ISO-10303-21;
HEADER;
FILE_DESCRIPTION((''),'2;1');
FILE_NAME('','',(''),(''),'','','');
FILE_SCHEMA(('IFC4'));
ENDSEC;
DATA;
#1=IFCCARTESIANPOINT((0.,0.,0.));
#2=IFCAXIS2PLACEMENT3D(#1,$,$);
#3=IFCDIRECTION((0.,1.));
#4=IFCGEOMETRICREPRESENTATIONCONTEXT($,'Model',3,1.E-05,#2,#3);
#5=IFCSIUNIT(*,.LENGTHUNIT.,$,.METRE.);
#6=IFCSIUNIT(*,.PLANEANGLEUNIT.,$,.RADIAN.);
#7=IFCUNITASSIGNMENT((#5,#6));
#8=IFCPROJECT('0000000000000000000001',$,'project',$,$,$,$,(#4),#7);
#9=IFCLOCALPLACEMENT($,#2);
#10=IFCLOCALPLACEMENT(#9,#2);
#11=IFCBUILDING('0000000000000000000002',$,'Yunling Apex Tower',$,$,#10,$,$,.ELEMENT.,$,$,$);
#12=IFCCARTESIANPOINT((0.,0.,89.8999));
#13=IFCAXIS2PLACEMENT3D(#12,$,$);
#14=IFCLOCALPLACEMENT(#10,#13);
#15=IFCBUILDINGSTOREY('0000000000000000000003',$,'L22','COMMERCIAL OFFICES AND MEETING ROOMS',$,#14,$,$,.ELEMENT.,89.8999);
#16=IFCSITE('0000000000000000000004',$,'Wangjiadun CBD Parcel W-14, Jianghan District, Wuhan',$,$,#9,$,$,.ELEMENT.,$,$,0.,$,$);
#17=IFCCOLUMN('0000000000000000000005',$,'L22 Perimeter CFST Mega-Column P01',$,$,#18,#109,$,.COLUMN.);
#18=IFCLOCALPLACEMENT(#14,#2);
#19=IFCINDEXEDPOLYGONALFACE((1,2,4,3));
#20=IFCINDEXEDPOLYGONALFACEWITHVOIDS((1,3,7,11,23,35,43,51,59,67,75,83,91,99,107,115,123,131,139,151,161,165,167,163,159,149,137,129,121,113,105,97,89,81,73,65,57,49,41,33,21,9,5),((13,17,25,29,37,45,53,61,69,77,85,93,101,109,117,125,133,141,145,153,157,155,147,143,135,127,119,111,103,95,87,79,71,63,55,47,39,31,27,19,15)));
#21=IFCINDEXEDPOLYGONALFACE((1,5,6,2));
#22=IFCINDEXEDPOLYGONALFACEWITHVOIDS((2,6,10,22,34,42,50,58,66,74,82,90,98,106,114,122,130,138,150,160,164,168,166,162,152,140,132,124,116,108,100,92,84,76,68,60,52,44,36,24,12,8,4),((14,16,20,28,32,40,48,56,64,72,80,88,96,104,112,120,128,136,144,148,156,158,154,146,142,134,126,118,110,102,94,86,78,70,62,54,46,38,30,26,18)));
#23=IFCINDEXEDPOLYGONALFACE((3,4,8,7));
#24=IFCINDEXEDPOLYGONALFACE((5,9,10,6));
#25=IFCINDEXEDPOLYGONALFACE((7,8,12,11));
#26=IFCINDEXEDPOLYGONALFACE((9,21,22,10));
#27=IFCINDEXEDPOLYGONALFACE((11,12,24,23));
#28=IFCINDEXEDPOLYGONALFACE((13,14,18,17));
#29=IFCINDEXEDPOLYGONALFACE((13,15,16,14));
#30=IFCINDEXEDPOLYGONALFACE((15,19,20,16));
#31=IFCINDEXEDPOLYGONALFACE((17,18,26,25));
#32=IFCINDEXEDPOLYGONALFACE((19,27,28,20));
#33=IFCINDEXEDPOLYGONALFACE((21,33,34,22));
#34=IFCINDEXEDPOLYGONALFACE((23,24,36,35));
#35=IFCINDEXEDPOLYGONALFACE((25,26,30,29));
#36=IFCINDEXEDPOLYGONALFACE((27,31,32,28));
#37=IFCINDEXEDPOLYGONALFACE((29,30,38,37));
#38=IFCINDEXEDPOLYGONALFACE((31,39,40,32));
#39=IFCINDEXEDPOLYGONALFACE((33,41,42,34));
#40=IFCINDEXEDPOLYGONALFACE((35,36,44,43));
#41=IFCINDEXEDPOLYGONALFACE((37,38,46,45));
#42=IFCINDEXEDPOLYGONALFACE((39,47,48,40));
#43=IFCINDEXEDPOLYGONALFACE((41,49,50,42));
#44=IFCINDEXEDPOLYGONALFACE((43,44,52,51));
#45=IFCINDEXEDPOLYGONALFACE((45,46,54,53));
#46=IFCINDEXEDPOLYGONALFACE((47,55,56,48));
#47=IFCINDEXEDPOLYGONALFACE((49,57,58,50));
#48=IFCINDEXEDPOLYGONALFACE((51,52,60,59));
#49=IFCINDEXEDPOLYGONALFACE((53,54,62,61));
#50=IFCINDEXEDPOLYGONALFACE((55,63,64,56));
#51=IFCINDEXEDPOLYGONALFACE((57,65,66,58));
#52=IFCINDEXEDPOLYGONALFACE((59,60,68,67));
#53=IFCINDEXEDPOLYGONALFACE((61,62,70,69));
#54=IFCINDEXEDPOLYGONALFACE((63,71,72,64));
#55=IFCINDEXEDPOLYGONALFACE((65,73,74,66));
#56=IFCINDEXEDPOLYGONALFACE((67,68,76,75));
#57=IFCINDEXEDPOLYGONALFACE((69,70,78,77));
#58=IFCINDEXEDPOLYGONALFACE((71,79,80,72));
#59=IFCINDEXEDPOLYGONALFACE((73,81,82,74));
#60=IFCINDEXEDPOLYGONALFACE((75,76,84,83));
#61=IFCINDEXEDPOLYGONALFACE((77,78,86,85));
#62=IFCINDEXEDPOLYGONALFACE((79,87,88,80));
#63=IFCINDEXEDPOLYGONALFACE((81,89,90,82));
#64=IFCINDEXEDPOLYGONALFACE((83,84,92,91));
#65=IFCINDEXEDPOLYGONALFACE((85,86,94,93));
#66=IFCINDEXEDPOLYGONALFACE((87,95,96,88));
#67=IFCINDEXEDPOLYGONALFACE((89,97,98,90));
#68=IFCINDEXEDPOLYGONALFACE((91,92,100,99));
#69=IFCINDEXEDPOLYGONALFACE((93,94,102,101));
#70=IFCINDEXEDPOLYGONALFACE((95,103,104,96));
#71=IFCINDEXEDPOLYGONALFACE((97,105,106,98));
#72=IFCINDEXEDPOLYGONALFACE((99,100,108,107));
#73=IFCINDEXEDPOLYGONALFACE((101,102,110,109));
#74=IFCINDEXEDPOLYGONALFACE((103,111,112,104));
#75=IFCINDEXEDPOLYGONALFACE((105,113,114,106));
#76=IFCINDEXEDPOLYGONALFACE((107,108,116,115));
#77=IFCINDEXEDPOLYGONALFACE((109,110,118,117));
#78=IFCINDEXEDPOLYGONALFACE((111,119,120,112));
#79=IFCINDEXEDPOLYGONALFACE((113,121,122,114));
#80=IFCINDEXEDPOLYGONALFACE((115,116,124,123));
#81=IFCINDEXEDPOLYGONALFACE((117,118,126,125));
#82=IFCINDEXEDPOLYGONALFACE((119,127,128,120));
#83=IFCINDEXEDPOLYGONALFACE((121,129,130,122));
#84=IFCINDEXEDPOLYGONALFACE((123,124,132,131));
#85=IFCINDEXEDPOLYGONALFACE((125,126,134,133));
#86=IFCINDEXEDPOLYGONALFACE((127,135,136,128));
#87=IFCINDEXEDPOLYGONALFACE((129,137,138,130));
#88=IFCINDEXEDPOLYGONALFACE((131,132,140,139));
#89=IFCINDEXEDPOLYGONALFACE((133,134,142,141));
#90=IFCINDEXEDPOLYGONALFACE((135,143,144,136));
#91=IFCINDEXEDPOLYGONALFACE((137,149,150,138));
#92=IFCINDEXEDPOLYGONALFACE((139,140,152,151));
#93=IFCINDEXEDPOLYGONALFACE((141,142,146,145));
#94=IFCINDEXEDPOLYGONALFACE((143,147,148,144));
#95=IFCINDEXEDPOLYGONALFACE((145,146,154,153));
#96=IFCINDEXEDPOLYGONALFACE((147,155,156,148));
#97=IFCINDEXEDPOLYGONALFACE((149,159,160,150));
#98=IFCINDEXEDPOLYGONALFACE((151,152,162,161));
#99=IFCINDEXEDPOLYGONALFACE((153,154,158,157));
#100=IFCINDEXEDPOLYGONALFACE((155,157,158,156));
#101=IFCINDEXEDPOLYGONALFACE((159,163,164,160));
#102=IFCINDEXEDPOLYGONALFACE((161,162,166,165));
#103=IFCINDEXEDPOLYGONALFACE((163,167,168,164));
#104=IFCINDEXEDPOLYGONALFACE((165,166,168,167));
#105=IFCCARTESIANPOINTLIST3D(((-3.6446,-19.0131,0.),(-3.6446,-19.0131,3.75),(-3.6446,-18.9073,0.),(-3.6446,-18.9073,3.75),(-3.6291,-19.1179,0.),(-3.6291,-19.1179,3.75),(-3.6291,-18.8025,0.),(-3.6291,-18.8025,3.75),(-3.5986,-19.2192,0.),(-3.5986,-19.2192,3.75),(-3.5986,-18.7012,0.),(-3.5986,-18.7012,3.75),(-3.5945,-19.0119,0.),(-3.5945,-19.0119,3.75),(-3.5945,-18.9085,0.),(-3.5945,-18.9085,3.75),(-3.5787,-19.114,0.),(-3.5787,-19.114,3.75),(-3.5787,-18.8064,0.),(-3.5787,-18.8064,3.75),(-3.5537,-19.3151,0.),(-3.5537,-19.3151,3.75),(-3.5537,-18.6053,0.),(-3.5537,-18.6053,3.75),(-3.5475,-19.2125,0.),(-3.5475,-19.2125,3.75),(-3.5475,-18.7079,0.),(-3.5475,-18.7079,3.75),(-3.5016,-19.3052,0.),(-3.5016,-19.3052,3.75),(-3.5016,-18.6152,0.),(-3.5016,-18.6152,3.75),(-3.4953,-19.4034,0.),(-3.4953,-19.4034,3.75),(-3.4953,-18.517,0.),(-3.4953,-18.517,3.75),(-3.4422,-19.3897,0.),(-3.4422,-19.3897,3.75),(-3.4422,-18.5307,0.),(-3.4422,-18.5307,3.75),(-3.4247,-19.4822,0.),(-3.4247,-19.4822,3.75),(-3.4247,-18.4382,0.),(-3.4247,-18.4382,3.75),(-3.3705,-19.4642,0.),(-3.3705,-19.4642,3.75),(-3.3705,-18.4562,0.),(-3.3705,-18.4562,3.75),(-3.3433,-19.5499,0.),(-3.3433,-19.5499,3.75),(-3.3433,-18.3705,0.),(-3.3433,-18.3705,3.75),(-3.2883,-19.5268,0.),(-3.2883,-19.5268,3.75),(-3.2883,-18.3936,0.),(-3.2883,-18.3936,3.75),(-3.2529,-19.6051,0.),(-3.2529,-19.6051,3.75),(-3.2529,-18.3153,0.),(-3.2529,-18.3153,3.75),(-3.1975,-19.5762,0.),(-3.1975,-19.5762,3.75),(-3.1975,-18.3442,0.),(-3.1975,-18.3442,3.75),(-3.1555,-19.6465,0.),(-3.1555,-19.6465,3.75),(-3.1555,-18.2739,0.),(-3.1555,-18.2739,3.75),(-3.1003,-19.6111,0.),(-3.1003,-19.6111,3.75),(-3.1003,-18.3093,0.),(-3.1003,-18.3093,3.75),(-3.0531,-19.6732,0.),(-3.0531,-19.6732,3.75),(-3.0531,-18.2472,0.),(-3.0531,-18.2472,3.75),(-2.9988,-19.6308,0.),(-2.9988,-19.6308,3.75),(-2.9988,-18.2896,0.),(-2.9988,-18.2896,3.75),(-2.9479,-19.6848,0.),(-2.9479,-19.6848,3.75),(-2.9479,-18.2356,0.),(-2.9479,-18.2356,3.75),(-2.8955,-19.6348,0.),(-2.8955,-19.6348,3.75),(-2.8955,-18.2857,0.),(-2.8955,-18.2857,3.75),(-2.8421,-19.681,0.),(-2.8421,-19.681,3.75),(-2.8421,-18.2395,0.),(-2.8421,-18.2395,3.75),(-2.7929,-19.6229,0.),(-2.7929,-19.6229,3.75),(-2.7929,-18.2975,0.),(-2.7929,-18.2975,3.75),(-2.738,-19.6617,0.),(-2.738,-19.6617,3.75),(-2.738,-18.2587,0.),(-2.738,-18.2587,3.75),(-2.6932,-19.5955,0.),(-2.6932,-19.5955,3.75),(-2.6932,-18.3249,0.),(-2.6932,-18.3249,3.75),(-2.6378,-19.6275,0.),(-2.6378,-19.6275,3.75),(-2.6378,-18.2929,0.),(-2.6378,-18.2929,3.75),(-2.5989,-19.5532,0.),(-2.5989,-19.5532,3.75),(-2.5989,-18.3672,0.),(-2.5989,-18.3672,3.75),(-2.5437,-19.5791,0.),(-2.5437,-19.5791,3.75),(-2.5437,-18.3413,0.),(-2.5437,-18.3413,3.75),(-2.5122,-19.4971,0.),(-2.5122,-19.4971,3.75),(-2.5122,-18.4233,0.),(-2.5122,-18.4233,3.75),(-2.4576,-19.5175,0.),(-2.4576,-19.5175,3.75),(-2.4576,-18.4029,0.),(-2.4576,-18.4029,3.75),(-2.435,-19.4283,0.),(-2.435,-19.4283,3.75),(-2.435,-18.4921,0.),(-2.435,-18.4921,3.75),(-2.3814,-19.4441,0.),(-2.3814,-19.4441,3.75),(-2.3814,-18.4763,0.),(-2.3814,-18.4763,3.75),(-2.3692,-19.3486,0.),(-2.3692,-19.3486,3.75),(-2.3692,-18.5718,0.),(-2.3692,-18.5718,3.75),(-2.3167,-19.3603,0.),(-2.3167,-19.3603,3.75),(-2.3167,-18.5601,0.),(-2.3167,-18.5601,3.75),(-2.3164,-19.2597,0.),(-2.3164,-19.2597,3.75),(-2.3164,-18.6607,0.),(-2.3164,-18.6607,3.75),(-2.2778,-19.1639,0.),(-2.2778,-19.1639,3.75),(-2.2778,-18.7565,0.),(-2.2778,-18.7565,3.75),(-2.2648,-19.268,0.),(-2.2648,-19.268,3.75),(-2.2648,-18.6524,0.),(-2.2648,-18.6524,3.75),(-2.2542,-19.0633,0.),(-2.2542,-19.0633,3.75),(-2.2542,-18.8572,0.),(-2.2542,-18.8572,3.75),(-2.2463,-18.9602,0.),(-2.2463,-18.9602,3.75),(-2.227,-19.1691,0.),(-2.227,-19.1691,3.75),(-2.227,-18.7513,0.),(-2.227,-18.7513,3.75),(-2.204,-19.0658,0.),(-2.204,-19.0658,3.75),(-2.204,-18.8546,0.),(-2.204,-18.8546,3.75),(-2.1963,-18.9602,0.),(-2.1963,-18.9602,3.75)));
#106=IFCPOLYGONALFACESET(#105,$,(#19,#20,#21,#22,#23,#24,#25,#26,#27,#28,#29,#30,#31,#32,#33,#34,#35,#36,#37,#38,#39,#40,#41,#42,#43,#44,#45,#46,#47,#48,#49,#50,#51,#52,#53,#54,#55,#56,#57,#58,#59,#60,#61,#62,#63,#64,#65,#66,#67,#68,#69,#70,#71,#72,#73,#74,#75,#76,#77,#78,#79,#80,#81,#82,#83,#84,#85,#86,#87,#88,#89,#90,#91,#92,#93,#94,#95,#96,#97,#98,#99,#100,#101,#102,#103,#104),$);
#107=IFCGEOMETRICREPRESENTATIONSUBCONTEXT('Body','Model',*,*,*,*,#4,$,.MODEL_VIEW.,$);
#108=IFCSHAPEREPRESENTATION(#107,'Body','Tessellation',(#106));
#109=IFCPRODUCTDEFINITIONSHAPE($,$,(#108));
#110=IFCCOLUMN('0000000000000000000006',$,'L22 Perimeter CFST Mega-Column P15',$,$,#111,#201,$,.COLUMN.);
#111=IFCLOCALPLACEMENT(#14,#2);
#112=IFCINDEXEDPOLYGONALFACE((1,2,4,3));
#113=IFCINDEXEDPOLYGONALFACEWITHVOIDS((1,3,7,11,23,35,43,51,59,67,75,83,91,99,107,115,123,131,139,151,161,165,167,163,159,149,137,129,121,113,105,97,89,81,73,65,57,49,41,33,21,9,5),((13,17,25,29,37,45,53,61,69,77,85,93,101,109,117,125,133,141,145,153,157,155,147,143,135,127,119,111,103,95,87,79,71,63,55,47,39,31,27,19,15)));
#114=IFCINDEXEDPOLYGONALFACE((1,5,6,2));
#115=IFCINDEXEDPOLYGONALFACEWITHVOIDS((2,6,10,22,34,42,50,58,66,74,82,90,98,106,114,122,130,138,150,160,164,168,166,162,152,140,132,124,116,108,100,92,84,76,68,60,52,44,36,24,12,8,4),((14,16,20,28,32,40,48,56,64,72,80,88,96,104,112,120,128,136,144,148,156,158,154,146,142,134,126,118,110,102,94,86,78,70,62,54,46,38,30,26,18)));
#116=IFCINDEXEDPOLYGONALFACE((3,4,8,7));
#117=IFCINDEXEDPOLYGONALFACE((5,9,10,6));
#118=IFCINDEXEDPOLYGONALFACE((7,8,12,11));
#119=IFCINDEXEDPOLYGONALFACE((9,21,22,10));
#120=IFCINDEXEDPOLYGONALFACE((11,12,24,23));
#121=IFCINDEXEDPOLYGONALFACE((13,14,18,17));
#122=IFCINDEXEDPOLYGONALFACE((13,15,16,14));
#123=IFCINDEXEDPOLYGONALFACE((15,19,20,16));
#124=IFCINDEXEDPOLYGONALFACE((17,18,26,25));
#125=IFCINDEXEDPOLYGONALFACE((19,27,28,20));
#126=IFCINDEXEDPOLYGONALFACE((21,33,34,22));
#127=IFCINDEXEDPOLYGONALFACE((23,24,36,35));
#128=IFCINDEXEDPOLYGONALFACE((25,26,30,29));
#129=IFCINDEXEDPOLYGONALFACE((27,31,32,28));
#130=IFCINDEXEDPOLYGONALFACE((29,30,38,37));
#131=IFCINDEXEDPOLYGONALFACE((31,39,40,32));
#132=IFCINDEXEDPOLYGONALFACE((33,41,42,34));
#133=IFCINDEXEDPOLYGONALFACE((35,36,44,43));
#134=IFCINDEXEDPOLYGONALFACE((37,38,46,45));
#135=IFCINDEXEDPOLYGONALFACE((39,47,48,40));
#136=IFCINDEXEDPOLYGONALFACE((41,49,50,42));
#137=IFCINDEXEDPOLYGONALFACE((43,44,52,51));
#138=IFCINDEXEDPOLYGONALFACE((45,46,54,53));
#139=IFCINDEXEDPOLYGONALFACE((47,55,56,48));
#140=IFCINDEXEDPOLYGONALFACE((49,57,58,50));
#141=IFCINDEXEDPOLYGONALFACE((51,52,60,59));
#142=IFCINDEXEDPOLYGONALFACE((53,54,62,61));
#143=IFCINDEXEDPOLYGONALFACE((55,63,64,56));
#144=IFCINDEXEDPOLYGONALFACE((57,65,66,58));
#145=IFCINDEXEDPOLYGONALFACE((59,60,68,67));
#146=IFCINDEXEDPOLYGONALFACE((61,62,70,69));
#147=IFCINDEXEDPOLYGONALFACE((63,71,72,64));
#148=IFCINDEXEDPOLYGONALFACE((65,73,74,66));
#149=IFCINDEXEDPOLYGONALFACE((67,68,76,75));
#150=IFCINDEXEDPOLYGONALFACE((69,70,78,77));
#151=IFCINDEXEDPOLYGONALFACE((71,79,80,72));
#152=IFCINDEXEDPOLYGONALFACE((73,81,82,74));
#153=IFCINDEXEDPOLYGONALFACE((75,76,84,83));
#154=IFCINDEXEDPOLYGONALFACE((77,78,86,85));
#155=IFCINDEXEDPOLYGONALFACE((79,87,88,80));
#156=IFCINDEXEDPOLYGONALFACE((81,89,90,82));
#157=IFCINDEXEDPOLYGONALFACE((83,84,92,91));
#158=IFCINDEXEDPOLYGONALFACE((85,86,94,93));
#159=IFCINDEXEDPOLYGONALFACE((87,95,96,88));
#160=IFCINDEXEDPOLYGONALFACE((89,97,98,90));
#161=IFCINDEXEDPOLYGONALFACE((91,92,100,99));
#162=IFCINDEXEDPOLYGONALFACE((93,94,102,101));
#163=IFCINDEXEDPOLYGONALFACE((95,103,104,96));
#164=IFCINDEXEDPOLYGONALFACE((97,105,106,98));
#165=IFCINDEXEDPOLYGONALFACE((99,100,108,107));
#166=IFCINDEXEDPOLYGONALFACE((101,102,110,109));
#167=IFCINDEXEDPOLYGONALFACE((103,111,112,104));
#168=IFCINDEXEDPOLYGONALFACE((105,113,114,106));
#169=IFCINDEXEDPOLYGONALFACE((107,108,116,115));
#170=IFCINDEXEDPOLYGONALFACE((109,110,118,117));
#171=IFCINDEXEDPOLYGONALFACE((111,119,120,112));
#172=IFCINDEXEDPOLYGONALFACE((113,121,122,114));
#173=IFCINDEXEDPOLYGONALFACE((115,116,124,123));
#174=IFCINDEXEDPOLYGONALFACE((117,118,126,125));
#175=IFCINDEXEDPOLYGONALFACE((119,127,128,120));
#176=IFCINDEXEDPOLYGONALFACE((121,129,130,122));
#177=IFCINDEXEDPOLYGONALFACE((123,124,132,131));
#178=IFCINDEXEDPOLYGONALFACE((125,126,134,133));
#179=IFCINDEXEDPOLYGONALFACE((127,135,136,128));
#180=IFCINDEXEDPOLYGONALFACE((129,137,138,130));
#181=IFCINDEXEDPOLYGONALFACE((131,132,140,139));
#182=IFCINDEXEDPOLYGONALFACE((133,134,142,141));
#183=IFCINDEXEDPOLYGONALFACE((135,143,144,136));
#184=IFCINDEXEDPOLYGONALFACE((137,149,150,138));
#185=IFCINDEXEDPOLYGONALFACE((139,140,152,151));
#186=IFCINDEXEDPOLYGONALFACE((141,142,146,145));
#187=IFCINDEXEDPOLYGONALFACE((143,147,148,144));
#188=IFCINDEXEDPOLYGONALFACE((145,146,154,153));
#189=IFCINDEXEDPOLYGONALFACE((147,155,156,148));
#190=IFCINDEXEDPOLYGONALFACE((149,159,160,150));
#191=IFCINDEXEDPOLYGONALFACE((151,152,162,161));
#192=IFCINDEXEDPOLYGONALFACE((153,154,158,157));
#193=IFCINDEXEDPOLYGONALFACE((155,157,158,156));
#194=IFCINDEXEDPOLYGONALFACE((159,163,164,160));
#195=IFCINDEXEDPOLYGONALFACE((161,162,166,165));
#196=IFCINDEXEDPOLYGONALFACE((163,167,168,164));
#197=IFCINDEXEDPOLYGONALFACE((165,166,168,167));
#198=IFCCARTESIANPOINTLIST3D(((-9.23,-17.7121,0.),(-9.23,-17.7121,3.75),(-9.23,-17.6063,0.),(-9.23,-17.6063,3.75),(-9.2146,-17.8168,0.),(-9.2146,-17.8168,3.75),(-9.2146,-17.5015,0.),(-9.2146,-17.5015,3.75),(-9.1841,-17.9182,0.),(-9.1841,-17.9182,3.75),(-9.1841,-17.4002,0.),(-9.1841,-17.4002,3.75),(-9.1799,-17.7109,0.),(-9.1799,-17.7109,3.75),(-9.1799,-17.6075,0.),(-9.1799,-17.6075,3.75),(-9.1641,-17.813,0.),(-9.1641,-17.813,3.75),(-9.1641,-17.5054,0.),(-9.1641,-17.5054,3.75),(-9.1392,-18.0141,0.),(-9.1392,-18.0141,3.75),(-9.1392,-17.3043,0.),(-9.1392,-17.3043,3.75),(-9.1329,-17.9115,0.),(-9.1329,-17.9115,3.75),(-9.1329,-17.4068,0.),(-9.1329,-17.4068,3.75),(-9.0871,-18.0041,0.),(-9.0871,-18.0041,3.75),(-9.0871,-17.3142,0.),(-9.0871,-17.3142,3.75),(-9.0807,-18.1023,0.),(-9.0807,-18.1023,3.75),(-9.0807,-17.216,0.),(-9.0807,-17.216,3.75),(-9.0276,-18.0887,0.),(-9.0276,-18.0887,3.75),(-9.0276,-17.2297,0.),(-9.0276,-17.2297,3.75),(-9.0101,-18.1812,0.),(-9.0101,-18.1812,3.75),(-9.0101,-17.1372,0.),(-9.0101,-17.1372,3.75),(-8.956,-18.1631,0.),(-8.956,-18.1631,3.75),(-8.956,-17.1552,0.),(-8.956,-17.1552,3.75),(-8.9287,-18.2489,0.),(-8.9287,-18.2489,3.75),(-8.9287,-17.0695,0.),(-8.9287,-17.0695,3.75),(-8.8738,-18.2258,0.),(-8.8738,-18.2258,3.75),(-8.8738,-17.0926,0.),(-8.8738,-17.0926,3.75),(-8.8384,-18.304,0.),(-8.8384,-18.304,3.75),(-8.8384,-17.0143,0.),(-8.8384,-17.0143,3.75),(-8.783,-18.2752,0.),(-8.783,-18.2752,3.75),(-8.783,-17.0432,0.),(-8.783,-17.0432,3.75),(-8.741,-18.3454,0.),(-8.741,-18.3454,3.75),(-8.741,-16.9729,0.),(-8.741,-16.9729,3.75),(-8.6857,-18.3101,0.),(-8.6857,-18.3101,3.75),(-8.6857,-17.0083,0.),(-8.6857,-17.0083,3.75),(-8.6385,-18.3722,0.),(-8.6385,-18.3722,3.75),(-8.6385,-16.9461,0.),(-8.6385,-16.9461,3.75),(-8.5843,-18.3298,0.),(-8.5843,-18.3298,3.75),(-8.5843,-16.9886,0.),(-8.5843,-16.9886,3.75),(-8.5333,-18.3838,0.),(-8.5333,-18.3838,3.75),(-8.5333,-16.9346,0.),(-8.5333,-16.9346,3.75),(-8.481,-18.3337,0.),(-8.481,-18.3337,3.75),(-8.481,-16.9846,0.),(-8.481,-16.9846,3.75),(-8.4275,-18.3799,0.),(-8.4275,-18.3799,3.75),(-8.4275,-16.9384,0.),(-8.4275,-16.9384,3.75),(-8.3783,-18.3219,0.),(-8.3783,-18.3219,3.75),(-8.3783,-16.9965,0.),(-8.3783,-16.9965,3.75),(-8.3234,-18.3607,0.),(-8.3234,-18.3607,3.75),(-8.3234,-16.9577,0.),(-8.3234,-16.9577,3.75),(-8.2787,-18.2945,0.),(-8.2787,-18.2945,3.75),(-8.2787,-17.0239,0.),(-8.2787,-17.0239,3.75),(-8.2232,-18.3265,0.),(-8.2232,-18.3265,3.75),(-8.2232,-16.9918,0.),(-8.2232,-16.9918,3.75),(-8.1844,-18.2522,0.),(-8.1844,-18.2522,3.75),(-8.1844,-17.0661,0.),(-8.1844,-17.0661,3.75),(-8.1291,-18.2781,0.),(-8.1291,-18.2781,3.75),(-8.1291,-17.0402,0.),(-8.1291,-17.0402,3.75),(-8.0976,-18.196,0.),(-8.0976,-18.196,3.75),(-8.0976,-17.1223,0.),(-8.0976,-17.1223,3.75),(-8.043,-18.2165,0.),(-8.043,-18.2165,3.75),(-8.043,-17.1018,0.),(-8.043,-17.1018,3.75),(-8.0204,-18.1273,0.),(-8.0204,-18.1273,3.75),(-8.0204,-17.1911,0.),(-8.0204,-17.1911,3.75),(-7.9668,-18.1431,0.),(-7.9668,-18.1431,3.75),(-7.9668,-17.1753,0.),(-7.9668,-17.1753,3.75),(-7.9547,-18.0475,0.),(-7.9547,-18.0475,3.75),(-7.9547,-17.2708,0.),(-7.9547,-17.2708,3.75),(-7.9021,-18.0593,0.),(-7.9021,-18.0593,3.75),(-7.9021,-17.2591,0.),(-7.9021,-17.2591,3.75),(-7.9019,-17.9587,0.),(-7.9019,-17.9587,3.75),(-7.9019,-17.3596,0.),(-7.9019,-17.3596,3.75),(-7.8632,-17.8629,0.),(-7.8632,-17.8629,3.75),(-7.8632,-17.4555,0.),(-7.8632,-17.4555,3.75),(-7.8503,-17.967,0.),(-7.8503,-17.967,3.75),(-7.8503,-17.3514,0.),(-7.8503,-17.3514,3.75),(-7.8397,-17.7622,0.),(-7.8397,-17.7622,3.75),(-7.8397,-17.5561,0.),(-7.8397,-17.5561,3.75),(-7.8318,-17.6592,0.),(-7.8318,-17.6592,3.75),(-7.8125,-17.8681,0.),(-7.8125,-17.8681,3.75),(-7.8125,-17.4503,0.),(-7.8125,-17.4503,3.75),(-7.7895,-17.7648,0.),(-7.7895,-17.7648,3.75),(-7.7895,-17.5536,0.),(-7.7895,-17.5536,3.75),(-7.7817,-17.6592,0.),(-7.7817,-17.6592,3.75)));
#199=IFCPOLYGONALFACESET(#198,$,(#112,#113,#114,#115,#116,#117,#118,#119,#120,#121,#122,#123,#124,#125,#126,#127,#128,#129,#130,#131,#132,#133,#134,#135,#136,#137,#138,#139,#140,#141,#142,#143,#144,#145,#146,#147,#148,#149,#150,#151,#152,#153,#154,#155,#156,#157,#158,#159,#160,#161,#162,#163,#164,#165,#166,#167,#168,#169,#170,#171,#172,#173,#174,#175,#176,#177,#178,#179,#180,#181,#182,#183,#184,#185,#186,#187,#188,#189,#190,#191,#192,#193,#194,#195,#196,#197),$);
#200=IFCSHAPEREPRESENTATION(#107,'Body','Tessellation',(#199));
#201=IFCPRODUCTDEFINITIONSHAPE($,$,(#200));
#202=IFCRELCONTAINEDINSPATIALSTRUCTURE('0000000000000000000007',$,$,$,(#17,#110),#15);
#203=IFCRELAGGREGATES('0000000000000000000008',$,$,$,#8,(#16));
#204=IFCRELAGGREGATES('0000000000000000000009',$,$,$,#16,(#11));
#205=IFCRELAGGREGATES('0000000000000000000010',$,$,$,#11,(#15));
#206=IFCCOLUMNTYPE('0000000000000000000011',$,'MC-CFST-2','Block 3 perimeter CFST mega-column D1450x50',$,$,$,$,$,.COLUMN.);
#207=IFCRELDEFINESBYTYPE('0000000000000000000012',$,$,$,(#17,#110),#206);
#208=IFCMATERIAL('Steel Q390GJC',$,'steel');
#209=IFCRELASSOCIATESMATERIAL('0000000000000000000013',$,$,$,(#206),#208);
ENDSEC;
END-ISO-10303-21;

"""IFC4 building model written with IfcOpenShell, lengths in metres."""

from ifc_helpers import new_model, si_unit, direction, frame, origin, origin_2d, place, context, subcontext, project, spatial, hollow_circle, extrude, source, transform, mapped, material, material_profile, profile_set, type_object, element, save


model = new_model("IFC4")

# Units and contexts
model_context = context("Model", 3, precision=1e-05, world=origin(), true_north=direction((0.0, 1.0)))
body_context = subcontext(model_context, "Body", "Model", "MODEL_VIEW")
ifc_project = project(units=[si_unit("LENGTHUNIT", "METRE"), si_unit("PLANEANGLEUNIT", "RADIAN")], contexts=[model_context])

# Site, building, storey
site_placement = place(None, origin())
site = spatial("IfcSite", under=ifc_project, at=site_placement, Name="Wangjiadun CBD Parcel W-14, Jianghan District, Wuhan", CompositionType="ELEMENT", RefElevation=0.0)
building_placement = place(site_placement, origin())
building = spatial("IfcBuilding", under=site, at=building_placement, Name="Yunling Apex Tower", CompositionType="ELEMENT")
storey_placement = place(building_placement, frame((0.0, 0.0, 89.8999)))
storey = spatial("IfcBuildingStorey", under=building, at=storey_placement, Name="L22", Description="COMMERCIAL OFFICES AND MEETING ROOMS", CompositionType="ELEMENT", Elevation=89.8999)

# Columns
ifc_material_1 = material(Name="Steel Q390GJC", Category="steel")
ifc_material_profile_1 = material_profile(ifc_material_1, hollow_circle(Radius=0.7251, WallThickness=0.05, at=origin_2d()))
ifc_profile_set_1 = profile_set([ifc_material_profile_1], Name="Steel Q390GJC")
column_type = type_object("IfcColumnType", Name="MC-CFST-2", Description="Block 3 perimeter CFST mega-column D1450x50", PredefinedType="COLUMN", material=ifc_profile_set_1)
shared_shape_1 = source(origin(), body_context, "Body", "SweptSolid", [
    extrude(hollow_circle(Radius=0.7251, WallThickness=0.05, at=origin_2d()), origin(), (0.0, 0.0, 1.0), 3.75),
])
for number, where, z_axis, x_axis, name in (
    (1, (-2.9214, -18.9602, 0.0), (0.0, 0.0, 1.0), (1.0, 0.0, 0.0), "L22 Perimeter CFST Mega-Column P01"),
    (2, (-8.5068, -17.6592, 0.0), (0.0, 0.0, 1.0), (1.0, 0.0, 0.0), "L22 Perimeter CFST Mega-Column P15"),
):
    element("IfcColumn", number, at=place(storey_placement, frame(where, z_axis=z_axis, x_axis=x_axis)), inside=storey, type_object=column_type, Name=name, PredefinedType="COLUMN", context=body_context, shape_type="MappedRepresentation", body=[
        mapped(shared_shape_1, transform((0.0, 0.0, 0.0), scale=1.0)),
    ])

save(model, "model.ifc")
